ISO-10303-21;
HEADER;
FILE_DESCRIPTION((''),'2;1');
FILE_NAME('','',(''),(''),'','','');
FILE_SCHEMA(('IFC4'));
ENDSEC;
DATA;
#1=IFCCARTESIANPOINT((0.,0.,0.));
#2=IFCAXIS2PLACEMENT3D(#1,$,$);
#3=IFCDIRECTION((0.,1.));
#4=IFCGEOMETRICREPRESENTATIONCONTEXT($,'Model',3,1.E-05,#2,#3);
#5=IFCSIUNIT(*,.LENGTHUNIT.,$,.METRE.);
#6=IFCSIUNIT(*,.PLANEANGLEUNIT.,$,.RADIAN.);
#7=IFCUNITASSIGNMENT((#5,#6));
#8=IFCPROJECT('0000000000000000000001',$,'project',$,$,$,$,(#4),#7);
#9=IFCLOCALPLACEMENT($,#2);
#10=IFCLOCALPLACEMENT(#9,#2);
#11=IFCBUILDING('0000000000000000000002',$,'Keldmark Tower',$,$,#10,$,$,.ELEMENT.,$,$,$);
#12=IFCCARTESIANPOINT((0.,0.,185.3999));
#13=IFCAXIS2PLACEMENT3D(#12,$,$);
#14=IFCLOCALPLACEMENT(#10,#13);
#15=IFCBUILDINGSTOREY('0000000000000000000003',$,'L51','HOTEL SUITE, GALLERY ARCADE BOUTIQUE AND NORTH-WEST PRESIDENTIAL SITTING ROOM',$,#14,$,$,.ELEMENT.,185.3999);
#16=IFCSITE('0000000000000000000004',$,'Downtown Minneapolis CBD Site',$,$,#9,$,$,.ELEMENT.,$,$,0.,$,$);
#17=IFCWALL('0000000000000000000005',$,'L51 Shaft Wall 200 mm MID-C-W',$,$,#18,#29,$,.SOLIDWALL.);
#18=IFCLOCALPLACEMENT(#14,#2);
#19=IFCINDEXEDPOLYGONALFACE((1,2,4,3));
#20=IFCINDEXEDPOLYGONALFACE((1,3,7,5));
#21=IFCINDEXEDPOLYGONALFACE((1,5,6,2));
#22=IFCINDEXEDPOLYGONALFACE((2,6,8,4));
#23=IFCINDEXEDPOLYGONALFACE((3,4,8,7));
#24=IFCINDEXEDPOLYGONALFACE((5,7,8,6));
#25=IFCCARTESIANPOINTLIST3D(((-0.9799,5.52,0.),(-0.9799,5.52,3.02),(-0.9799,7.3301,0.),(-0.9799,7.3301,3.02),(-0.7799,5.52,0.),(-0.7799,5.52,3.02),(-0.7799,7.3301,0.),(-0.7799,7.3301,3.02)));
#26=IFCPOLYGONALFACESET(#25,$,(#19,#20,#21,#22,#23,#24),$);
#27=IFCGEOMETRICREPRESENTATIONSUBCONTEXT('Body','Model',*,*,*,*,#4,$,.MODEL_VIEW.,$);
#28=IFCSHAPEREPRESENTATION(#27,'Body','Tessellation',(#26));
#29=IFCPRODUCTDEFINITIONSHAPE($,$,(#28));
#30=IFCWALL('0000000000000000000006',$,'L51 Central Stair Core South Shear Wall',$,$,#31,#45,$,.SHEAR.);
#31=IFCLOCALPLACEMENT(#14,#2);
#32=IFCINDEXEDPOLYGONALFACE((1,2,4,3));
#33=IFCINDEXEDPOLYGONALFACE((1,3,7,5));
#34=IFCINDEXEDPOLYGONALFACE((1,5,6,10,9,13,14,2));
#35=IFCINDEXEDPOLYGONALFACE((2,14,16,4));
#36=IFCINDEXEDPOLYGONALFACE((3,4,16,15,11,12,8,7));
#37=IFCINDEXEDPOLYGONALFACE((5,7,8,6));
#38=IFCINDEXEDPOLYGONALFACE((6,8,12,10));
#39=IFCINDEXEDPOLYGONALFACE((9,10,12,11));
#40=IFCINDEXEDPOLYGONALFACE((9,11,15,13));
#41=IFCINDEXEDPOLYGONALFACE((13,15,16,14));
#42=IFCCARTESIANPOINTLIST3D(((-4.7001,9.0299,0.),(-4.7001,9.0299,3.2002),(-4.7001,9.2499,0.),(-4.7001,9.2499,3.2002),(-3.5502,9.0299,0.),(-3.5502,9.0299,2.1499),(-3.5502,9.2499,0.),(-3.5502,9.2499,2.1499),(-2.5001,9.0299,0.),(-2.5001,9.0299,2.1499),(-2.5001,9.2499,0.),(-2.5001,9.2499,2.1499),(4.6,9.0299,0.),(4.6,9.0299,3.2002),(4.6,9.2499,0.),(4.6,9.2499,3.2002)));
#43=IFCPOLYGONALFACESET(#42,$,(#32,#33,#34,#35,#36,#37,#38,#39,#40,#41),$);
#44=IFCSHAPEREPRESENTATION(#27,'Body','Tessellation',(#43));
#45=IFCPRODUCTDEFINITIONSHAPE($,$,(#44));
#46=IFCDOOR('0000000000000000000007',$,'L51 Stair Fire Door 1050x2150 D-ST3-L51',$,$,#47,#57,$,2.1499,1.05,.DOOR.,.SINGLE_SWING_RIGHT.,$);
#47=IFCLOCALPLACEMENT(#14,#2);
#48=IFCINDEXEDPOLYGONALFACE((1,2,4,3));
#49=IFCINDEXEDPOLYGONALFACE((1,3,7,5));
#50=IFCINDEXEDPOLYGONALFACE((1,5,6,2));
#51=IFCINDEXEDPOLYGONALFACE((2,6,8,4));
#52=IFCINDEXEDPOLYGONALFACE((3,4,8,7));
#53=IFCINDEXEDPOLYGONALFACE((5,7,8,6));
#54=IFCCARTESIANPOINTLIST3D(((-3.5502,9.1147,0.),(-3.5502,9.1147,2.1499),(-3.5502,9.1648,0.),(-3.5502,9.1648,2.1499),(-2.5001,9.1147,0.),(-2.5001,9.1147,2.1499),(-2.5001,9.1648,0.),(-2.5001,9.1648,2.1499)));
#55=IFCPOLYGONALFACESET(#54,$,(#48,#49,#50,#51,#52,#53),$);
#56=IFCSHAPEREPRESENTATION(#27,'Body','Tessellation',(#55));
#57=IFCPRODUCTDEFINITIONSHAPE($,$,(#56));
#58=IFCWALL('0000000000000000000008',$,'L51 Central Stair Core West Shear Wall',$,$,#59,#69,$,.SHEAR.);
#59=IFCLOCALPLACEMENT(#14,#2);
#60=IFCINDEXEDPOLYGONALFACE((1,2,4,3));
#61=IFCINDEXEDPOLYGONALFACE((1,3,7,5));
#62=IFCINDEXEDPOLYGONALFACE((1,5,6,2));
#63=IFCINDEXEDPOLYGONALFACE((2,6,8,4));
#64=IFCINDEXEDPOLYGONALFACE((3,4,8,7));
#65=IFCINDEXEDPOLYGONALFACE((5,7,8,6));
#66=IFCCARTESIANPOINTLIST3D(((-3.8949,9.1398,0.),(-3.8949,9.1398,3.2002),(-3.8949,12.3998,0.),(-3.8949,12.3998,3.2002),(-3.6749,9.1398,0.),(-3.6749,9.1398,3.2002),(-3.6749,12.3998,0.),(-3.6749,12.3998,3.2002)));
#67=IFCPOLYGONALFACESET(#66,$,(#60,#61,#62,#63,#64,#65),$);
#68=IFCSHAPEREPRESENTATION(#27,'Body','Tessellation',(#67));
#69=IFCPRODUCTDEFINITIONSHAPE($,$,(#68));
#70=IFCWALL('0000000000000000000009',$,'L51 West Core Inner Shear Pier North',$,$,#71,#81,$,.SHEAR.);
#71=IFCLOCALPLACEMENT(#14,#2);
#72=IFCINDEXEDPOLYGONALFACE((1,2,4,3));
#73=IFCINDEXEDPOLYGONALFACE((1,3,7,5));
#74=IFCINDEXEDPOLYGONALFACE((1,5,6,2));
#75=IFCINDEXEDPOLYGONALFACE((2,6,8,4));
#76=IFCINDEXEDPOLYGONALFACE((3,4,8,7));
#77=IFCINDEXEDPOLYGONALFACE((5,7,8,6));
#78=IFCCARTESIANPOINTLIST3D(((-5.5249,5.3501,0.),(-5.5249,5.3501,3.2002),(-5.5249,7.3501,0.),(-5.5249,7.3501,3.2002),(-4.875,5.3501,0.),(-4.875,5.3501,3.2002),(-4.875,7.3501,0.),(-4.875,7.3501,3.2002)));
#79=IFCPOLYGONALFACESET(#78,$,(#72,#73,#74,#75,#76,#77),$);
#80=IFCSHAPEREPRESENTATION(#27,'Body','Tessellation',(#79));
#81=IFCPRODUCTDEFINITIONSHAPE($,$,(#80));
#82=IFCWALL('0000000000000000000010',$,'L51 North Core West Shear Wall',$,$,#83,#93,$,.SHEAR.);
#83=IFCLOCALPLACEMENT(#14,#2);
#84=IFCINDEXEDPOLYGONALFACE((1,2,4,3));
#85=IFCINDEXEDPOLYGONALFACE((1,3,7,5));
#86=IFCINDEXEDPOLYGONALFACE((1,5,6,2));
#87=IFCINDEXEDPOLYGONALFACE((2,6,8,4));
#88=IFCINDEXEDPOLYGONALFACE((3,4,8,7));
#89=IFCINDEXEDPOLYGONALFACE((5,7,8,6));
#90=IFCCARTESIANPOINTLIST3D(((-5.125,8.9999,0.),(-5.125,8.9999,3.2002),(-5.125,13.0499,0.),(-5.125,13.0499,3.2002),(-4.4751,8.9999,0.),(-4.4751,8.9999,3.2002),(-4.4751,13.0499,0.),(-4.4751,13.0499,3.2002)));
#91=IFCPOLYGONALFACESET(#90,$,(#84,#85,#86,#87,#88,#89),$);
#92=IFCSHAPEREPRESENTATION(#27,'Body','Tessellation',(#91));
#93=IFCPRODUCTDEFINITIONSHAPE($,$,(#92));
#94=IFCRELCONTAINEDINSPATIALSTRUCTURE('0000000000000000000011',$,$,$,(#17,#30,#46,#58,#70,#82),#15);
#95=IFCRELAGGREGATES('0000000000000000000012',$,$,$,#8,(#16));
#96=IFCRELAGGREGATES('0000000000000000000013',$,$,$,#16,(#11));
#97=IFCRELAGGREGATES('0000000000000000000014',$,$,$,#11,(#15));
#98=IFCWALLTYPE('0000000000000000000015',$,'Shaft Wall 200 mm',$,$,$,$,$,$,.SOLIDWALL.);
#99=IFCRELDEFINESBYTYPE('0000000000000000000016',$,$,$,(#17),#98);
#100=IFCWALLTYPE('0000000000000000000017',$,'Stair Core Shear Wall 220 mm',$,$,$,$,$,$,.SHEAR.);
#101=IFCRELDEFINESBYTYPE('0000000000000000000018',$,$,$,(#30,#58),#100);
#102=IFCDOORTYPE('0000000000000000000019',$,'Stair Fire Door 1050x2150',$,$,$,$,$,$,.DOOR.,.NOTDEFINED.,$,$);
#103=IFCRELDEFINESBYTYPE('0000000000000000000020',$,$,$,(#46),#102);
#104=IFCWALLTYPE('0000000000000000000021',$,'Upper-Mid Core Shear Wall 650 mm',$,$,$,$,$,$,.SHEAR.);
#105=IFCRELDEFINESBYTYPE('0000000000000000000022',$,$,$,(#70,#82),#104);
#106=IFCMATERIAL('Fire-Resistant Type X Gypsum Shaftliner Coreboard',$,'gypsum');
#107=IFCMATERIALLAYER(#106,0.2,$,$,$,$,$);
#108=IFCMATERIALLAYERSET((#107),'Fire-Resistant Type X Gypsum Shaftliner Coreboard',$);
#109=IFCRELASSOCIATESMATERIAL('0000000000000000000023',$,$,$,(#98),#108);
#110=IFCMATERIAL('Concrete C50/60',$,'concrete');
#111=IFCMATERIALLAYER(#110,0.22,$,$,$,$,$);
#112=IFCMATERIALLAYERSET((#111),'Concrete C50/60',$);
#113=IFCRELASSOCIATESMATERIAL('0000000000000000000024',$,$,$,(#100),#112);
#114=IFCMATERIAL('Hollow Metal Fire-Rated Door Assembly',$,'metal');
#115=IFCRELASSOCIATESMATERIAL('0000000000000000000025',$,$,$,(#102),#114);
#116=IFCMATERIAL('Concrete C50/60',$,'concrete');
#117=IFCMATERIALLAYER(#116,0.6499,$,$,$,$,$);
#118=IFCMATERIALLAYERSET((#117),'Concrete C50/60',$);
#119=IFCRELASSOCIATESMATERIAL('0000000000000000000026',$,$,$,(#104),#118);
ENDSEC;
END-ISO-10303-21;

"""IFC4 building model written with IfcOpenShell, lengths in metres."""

from ifc_helpers import new_model, si_unit, direction, frame, frame_2d, origin, place, context, subcontext, project, spatial, rectangle, extrude, material, layer, layer_set, type_object, element, fill, save


model = new_model("IFC4")

# Units and contexts
model_context = context("Model", 3, precision=1e-05, world=origin(), true_north=direction((0.0, 1.0)))
body_context = subcontext(model_context, "Body", "Model", "MODEL_VIEW")
ifc_project = project(units=[si_unit("LENGTHUNIT", "METRE"), si_unit("PLANEANGLEUNIT", "RADIAN")], contexts=[model_context])

# Site, building, storey
site_placement = place(None, origin())
site = spatial("IfcSite", under=ifc_project, at=site_placement, Name="Downtown Minneapolis CBD Site", CompositionType="ELEMENT", RefElevation=0.0)
building_placement = place(site_placement, origin())
building = spatial("IfcBuilding", under=site, at=building_placement, Name="Keldmark Tower", CompositionType="ELEMENT")
storey_placement = place(building_placement, frame((0.0, 0.0, 185.3999)))
storey = spatial("IfcBuildingStorey", under=building, at=storey_placement, Name="L51", Description="HOTEL SUITE, GALLERY ARCADE BOUTIQUE AND NORTH-WEST PRESIDENTIAL SITTING ROOM", CompositionType="ELEMENT", Elevation=185.3999)

# Shared definitions
ifc_material_1 = material(Name="Fire-Resistant Type X Gypsum Shaftliner Coreboard", Category="gypsum")
ifc_layer_1 = layer(ifc_material_1, 0.2)
ifc_layer_set_1 = layer_set([ifc_layer_1], Name="Fire-Resistant Type X Gypsum Shaftliner Coreboard")
wall_type_1 = type_object("IfcWallType", Name="Shaft Wall 200 mm", PredefinedType="SOLIDWALL", material=ifc_layer_set_1)

# Wall
for number, where, z_axis, x_axis, name in (
    (1, (-0.8799, 5.52, 0.0), (0.0, 0.0, 1.0), (0.0, 1.0, 0.0), "L51 Shaft Wall 200 mm MID-C-W"),
):
    element("IfcWall", number, at=place(storey_placement, frame(where, z_axis=z_axis, x_axis=x_axis)), inside=storey, type_object=wall_type_1, Name=name, PredefinedType="SOLIDWALL", context=body_context, shape_type="SweptSolid", body=[
        extrude(rectangle(XDim=1.8101, YDim=0.2, at=frame_2d((0.905, 0.0))), origin(), (0.0, 0.0, 1.0), 3.02),
    ])

# Wall, opening, door
ifc_material_2 = material(Name="Concrete C50/60", Category="concrete")
ifc_layer_2 = layer(ifc_material_2, 0.22)
ifc_layer_set_2 = layer_set([ifc_layer_2], Name="Concrete C50/60")
wall_type_2 = type_object("IfcWallType", Name="Stair Core Shear Wall 220 mm", PredefinedType="SHEAR", material=ifc_layer_set_2)
wall_1_placement = place(storey_placement, frame((-4.7, 9.1399, 0.0), z_axis=(0.0, 0.0, 1.0), x_axis=(1.0, 0.0, 0.0)))
wall_1 = element("IfcWall", 2, at=wall_1_placement, inside=storey, type_object=wall_type_2, Name="L51 Central Stair Core South Shear Wall", PredefinedType="SHEAR", context=body_context, shape_type="SweptSolid", body=[
    extrude(rectangle(XDim=9.3, YDim=0.22, at=frame_2d((4.6499, 0.0))), origin(), (0.0, 0.0, 1.0), 3.2002),
])
opening_1_placement = place(wall_1_placement, frame((1.1499, 0.0, 0.0)))
opening_1 = element("IfcOpeningElement", 3, at=opening_1_placement, cuts=wall_1, PredefinedType="OPENING", context=body_context, shape_type="SweptSolid", body=[
    extrude(rectangle(XDim=1.05, YDim=2.1499, at=frame_2d((0.5249, 1.075))), frame((0.0, 0.1199, 0.0), z_axis=(0.0, -1.0, 0.0), x_axis=(1.0, 0.0, 0.0)), (0.0, 0.0, 1.0), 0.24),
])
ifc_material_3 = material(Name="Hollow Metal Fire-Rated Door Assembly", Category="metal")
door_type_1 = type_object("IfcDoorType", Name="Stair Fire Door 1050x2150", OperationType="NOTDEFINED", PredefinedType="DOOR", material=ifc_material_3)
door_1_placement = place(opening_1_placement, origin())
door_1 = element("IfcDoor", 4, at=door_1_placement, inside=storey, type_object=door_type_1, Name="L51 Stair Fire Door 1050x2150 D-ST3-L51", OperationType="SINGLE_SWING_RIGHT", OverallHeight=2.1499, OverallWidth=1.05, PredefinedType="DOOR", context=body_context, shape_type="SweptSolid", body=[
    extrude(rectangle(XDim=1.05, YDim=2.1499, at=frame_2d((0.5249, 1.075))), frame((0.0, 0.0249, 0.0), z_axis=(0.0, -1.0, 0.0), x_axis=(1.0, 0.0, 0.0)), (0.0, 0.0, 1.0), 0.05),
])
fill(opening_1, door_1)

# Wall
wall_2_placement = place(storey_placement, frame((-3.7849, 9.1399, 0.0), z_axis=(0.0, 0.0, 1.0), x_axis=(0.0, 1.0, 0.0)))
element("IfcWall", 5, at=wall_2_placement, inside=storey, type_object=wall_type_2, Name="L51 Central Stair Core West Shear Wall", PredefinedType="SHEAR", context=body_context, shape_type="SweptSolid", body=[
    extrude(rectangle(XDim=3.26, YDim=0.22, at=frame_2d((1.6299, 0.0))), origin(), (0.0, 0.0, 1.0), 3.2002),
])

# Shared definitions
ifc_material_4 = material(Name="Concrete C50/60", Category="concrete")
ifc_layer_3 = layer(ifc_material_4, 0.6499)
ifc_layer_set_3 = layer_set([ifc_layer_3], Name="Concrete C50/60")
wall_type_3 = type_object("IfcWallType", Name="Upper-Mid Core Shear Wall 650 mm", PredefinedType="SHEAR", material=ifc_layer_set_3)

# Walls
wall_3_placement = place(storey_placement, frame((-5.2, 5.3501, 0.0), z_axis=(0.0, 0.0, 1.0), x_axis=(0.0, 1.0, 0.0)))
element("IfcWall", 6, at=wall_3_placement, inside=storey, type_object=wall_type_3, Name="L51 West Core Inner Shear Pier North", PredefinedType="SHEAR", context=body_context, shape_type="SweptSolid", body=[
    extrude(rectangle(XDim=2.0, YDim=0.6499, at=frame_2d((1.0, 0.0))), origin(), (0.0, 0.0, 1.0), 3.2002),
])
wall_4_placement = place(storey_placement, frame((-4.8, 9.0, 0.0), z_axis=(0.0, 0.0, 1.0), x_axis=(0.0, 1.0, 0.0)))
element("IfcWall", 7, at=wall_4_placement, inside=storey, type_object=wall_type_3, Name="L51 North Core West Shear Wall", PredefinedType="SHEAR", context=body_context, shape_type="SweptSolid", body=[
    extrude(rectangle(XDim=4.05, YDim=0.6499, at=frame_2d((2.0249, 0.0))), origin(), (0.0, 0.0, 1.0), 3.2002),
])

save(model, "model.ifc")
